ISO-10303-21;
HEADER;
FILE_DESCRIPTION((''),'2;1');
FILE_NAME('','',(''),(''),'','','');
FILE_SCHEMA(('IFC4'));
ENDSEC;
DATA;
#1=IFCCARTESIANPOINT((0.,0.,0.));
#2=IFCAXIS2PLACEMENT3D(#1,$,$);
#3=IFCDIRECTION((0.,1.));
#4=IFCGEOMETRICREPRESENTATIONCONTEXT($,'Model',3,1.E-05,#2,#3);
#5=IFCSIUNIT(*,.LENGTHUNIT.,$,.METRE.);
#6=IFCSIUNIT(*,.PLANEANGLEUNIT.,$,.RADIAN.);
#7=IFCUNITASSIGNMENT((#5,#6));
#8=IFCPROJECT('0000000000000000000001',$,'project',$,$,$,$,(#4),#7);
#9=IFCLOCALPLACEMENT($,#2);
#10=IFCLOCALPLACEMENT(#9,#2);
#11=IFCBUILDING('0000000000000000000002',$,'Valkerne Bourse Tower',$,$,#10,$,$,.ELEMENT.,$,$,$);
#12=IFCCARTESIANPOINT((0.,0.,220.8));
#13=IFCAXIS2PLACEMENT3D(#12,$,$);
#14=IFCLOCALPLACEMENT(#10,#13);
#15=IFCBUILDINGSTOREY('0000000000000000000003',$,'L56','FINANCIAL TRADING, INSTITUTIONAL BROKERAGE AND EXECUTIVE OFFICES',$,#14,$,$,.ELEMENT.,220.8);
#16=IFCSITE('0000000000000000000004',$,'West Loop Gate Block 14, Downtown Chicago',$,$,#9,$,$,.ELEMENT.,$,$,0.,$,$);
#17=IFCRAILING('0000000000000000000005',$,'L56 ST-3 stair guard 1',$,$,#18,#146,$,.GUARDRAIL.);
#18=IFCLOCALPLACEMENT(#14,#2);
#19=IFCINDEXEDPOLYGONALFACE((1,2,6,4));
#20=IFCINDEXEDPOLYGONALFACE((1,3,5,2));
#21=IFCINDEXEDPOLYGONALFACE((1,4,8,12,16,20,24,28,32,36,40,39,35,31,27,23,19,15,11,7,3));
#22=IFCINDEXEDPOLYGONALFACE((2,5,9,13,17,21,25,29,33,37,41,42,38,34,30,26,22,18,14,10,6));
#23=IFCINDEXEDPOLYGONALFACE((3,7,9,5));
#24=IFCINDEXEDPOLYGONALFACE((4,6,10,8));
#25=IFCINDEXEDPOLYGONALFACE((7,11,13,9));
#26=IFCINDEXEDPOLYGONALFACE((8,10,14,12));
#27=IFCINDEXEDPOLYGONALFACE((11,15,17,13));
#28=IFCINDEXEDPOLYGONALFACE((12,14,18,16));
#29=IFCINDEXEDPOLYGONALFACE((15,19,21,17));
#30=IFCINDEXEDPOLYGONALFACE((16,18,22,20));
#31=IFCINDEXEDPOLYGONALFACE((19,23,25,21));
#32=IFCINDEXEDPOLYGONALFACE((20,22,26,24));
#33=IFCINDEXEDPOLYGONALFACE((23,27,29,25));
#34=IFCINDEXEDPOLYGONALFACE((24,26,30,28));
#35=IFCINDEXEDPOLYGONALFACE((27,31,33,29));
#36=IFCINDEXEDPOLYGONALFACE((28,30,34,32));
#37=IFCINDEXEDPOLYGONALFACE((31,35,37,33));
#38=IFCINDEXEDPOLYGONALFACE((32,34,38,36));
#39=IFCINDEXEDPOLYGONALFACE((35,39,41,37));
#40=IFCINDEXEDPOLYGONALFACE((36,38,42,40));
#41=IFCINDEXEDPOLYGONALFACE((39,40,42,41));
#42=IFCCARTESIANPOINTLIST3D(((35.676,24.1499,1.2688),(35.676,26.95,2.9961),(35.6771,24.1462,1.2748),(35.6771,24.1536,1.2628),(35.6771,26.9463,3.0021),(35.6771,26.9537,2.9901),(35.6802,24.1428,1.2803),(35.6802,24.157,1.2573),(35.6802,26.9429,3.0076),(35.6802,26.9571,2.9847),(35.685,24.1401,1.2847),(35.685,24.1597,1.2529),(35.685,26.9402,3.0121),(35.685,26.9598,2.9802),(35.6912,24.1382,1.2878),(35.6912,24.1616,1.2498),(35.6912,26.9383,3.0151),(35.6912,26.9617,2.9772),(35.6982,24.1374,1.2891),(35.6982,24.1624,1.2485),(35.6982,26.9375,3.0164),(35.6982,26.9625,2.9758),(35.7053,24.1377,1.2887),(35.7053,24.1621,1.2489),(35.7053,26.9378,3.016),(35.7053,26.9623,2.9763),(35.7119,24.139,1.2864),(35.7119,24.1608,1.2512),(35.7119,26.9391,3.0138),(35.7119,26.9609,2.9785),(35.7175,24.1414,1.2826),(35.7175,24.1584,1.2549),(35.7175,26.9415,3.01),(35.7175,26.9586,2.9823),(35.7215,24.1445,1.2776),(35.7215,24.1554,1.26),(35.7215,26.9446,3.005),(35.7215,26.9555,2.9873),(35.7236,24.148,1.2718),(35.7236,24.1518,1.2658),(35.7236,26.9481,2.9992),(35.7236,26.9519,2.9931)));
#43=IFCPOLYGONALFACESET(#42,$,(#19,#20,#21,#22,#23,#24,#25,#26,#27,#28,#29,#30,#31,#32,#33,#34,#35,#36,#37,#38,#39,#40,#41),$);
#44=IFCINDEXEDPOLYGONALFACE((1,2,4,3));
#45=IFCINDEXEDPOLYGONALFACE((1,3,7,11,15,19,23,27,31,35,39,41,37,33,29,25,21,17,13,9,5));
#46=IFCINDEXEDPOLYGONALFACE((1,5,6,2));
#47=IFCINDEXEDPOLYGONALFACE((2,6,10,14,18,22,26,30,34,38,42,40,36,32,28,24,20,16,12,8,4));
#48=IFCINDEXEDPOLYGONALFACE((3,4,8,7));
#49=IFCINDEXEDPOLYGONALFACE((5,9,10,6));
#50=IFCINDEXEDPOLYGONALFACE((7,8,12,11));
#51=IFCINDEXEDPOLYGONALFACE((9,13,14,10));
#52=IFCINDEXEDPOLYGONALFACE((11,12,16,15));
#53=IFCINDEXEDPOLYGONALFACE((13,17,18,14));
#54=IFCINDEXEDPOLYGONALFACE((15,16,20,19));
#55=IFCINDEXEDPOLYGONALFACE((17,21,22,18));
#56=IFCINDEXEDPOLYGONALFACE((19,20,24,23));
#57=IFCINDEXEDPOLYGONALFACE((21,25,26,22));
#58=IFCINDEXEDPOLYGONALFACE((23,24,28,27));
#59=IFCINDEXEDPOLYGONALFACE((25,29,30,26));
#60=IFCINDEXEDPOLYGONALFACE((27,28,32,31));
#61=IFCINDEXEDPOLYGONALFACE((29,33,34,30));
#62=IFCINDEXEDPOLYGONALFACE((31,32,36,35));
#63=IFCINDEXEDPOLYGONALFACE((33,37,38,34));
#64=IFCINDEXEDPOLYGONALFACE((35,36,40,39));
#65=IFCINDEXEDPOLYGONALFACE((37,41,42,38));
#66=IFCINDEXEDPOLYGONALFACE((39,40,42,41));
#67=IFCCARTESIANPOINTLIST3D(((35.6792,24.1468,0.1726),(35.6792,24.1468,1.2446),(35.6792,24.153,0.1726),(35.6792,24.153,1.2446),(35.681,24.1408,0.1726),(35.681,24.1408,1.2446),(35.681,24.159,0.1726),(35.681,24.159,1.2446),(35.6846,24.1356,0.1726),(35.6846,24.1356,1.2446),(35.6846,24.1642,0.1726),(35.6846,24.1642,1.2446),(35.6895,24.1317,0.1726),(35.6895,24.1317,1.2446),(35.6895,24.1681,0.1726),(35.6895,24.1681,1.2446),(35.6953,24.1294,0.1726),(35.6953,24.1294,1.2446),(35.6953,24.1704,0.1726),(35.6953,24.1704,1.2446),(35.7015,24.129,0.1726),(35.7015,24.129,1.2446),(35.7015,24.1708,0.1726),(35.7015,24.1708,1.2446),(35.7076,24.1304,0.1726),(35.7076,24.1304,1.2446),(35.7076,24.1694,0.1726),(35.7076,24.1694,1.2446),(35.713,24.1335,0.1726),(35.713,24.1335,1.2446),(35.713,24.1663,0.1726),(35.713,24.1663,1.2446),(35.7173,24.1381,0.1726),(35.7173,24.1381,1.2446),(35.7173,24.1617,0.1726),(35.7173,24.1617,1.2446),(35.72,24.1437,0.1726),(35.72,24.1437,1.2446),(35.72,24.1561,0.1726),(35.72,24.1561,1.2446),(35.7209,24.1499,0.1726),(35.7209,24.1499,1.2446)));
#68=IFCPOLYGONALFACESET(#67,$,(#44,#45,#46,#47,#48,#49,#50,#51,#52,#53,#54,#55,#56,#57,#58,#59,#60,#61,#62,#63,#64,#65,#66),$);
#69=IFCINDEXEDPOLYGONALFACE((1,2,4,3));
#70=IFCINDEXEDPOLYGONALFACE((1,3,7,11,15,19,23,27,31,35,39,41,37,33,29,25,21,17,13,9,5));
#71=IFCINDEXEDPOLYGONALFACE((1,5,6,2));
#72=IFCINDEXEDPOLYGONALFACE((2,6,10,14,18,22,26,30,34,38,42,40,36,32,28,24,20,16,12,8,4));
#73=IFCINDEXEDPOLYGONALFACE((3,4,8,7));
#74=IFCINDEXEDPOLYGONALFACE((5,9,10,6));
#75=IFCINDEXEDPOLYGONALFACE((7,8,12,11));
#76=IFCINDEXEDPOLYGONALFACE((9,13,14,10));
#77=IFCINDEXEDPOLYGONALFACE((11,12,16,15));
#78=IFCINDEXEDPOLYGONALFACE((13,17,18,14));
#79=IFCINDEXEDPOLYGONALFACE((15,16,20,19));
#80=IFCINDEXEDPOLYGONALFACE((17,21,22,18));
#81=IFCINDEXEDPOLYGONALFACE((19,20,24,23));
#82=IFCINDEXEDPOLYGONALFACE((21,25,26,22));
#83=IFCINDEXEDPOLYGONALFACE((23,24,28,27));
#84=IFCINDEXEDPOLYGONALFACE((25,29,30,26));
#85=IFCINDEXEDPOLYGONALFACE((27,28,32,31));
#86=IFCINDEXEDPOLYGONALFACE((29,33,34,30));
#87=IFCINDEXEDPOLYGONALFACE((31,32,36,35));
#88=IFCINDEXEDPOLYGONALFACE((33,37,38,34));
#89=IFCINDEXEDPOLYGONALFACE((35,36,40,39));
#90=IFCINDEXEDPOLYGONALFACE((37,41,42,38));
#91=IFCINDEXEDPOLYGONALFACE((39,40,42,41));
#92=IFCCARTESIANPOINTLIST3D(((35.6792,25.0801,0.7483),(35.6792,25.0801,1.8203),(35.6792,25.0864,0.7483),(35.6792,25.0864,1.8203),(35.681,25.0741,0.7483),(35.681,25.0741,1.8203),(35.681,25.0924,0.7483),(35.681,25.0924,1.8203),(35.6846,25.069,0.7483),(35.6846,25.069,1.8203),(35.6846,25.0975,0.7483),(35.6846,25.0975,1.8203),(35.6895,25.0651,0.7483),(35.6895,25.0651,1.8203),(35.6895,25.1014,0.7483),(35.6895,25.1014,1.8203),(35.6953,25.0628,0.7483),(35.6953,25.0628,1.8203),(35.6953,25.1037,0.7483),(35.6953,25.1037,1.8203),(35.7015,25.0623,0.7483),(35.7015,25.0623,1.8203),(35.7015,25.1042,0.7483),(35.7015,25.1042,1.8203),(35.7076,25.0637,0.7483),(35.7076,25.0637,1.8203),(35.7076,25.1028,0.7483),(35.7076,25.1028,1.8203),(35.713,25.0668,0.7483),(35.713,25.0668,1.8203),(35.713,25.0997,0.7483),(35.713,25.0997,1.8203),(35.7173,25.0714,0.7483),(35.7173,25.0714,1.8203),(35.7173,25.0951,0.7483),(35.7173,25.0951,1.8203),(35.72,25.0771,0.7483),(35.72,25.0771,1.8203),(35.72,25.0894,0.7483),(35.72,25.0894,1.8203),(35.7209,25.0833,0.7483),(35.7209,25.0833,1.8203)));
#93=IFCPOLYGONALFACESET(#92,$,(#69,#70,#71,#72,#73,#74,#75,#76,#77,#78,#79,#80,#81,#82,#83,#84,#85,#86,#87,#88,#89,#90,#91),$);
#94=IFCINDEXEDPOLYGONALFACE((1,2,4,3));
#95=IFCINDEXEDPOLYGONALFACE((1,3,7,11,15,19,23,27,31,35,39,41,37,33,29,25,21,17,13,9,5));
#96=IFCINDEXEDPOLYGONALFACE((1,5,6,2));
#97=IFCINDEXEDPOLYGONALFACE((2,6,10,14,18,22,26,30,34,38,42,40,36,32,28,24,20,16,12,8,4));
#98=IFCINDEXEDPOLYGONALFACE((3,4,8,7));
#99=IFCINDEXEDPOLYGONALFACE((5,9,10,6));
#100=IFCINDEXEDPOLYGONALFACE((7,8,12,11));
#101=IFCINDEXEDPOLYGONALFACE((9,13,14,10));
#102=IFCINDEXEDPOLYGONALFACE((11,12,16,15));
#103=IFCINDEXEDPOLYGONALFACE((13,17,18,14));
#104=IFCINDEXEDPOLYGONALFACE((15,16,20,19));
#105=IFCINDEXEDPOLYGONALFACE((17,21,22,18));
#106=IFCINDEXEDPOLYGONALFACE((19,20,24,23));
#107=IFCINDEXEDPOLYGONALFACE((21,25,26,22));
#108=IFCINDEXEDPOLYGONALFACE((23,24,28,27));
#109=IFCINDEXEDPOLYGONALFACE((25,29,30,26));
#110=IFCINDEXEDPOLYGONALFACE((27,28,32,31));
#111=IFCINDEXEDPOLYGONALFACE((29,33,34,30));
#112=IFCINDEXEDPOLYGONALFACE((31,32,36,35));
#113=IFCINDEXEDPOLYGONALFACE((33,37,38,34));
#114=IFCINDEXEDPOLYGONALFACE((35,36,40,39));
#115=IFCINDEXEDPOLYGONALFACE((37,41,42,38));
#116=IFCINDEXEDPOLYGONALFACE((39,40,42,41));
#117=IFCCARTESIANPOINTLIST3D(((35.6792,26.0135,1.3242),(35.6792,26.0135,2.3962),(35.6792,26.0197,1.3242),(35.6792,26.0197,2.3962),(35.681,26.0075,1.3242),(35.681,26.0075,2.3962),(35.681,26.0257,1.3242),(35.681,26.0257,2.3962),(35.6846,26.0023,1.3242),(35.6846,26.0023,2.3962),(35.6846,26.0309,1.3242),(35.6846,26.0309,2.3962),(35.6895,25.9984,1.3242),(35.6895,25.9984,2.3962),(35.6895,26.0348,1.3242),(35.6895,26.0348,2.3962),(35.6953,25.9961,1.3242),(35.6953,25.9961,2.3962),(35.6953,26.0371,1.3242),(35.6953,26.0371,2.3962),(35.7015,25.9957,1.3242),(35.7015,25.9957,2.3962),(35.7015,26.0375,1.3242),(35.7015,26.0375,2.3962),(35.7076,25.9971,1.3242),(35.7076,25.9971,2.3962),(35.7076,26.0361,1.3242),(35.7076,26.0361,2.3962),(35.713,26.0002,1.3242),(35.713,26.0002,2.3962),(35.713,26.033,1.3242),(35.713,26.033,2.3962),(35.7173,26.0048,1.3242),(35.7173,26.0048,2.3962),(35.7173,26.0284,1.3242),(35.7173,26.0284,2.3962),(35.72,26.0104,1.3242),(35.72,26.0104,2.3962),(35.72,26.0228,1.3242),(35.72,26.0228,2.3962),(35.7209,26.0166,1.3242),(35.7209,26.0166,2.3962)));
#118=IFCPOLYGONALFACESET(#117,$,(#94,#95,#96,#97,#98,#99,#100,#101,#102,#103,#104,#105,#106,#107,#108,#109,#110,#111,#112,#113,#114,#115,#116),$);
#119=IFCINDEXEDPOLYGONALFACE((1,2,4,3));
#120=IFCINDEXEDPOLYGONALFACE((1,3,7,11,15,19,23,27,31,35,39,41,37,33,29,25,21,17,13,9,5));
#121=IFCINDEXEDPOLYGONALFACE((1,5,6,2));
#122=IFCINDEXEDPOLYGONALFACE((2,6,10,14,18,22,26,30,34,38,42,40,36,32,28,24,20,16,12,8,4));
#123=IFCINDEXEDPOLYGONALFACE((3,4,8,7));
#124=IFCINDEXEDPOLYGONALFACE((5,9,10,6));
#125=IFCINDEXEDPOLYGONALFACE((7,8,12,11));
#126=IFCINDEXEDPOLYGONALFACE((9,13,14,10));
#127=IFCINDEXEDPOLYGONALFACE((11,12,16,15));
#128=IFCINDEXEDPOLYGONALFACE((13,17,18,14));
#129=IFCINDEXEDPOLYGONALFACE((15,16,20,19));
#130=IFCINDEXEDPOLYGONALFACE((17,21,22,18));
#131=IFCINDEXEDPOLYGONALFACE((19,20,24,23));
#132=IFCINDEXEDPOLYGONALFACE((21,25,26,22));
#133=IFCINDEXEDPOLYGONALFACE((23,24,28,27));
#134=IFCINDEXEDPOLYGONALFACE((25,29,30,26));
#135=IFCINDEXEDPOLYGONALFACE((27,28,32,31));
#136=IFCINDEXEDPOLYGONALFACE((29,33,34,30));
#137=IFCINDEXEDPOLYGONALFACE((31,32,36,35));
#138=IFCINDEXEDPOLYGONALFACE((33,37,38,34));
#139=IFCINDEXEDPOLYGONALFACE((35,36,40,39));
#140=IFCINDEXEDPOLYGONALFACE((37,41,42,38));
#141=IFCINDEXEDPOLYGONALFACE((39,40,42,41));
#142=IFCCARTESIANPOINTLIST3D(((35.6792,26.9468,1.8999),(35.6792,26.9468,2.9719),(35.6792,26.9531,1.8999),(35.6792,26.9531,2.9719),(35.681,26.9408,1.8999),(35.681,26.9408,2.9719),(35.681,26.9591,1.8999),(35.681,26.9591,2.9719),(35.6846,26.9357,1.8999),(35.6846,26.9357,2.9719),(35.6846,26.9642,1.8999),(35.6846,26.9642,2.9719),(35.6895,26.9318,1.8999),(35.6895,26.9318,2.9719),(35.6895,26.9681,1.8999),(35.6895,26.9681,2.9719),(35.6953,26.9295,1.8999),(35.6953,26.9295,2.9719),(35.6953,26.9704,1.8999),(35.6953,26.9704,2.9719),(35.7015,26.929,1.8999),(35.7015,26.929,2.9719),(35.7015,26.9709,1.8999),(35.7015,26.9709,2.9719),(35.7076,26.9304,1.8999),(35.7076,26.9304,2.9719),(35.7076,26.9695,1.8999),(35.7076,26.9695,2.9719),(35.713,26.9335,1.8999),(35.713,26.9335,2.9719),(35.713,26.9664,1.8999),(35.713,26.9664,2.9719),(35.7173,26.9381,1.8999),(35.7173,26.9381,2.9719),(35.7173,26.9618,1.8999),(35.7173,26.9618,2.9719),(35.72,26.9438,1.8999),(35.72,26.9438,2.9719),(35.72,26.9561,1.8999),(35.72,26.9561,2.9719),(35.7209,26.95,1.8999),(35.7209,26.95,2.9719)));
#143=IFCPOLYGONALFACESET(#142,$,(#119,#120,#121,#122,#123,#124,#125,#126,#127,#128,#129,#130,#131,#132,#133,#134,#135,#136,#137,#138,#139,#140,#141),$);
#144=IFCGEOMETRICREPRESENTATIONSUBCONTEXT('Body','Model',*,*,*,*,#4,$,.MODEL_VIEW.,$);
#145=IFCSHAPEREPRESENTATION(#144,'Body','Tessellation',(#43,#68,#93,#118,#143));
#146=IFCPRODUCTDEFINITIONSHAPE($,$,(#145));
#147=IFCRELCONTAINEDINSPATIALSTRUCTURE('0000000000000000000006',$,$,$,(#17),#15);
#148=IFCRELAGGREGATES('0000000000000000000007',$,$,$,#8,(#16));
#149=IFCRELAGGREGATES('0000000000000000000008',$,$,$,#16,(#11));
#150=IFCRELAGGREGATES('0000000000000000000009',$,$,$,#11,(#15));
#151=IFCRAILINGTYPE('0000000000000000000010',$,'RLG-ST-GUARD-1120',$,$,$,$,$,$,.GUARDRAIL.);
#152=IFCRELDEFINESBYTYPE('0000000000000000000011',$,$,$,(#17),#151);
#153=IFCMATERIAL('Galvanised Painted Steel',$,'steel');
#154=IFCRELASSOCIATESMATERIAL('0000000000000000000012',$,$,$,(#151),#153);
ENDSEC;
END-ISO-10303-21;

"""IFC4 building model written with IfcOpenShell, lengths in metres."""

from ifc_helpers import new_model, si_unit, direction, frame, origin, origin_2d, place, context, subcontext, project, spatial, circle, extrude, material, type_object, element, save


model = new_model("IFC4")

# Units and contexts
model_context = context("Model", 3, precision=1e-05, world=origin(), true_north=direction((0.0, 1.0)))
body_context = subcontext(model_context, "Body", "Model", "MODEL_VIEW")
ifc_project = project(units=[si_unit("LENGTHUNIT", "METRE"), si_unit("PLANEANGLEUNIT", "RADIAN")], contexts=[model_context])

# Site, building, storey
site_placement = place(None, origin())
site = spatial("IfcSite", under=ifc_project, at=site_placement, Name="West Loop Gate Block 14, Downtown Chicago", CompositionType="ELEMENT", RefElevation=0.0)
building_placement = place(site_placement, origin())
building = spatial("IfcBuilding", under=site, at=building_placement, Name="Valkerne Bourse Tower", CompositionType="ELEMENT")
storey_placement = place(building_placement, frame((0.0, 0.0, 220.8)))
storey = spatial("IfcBuildingStorey", under=building, at=storey_placement, Name="L56", Description="FINANCIAL TRADING, INSTITUTIONAL BROKERAGE AND EXECUTIVE OFFICES", CompositionType="ELEMENT", Elevation=220.8)

# Railing
ifc_material_1 = material(Name="Galvanised Painted Steel", Category="steel")
railing_type_1 = type_object("IfcRailingType", Name="RLG-ST-GUARD-1120", PredefinedType="GUARDRAIL", material=ifc_material_1)
railing_1_placement = place(storey_placement, frame((35.7, 24.1499, 0.1726)))
element("IfcRailing", 1, at=railing_1_placement, inside=storey, type_object=railing_type_1, Name="L56 ST-3 stair guard 1", PredefinedType="GUARDRAIL", context=body_context, shape_type="SweptSolid", body=[
    extrude(circle(Radius=0.0239, at=origin_2d()), frame((0.0, 0.0, 1.0962), z_axis=(0.0, 0.85109, 0.52502), x_axis=(-1.0, 0.0, 0.0)), (0.0, 0.0, 1.0), 3.29),
    extrude(circle(Radius=0.021, at=origin_2d()), origin(), (0.0, 0.0, 1.0), 1.072),
    extrude(circle(Radius=0.021, at=origin_2d()), frame((0.0, 0.9333, 0.5757)), (0.0, 0.0, 1.0), 1.072),
    extrude(circle(Radius=0.021, at=origin_2d()), frame((0.0, 1.8667, 1.1516)), (0.0, 0.0, 1.0), 1.072),
    extrude(circle(Radius=0.021, at=origin_2d()), frame((0.0, 2.8, 1.7273)), (0.0, 0.0, 1.0), 1.072),
])

save(model, "model.ifc")
